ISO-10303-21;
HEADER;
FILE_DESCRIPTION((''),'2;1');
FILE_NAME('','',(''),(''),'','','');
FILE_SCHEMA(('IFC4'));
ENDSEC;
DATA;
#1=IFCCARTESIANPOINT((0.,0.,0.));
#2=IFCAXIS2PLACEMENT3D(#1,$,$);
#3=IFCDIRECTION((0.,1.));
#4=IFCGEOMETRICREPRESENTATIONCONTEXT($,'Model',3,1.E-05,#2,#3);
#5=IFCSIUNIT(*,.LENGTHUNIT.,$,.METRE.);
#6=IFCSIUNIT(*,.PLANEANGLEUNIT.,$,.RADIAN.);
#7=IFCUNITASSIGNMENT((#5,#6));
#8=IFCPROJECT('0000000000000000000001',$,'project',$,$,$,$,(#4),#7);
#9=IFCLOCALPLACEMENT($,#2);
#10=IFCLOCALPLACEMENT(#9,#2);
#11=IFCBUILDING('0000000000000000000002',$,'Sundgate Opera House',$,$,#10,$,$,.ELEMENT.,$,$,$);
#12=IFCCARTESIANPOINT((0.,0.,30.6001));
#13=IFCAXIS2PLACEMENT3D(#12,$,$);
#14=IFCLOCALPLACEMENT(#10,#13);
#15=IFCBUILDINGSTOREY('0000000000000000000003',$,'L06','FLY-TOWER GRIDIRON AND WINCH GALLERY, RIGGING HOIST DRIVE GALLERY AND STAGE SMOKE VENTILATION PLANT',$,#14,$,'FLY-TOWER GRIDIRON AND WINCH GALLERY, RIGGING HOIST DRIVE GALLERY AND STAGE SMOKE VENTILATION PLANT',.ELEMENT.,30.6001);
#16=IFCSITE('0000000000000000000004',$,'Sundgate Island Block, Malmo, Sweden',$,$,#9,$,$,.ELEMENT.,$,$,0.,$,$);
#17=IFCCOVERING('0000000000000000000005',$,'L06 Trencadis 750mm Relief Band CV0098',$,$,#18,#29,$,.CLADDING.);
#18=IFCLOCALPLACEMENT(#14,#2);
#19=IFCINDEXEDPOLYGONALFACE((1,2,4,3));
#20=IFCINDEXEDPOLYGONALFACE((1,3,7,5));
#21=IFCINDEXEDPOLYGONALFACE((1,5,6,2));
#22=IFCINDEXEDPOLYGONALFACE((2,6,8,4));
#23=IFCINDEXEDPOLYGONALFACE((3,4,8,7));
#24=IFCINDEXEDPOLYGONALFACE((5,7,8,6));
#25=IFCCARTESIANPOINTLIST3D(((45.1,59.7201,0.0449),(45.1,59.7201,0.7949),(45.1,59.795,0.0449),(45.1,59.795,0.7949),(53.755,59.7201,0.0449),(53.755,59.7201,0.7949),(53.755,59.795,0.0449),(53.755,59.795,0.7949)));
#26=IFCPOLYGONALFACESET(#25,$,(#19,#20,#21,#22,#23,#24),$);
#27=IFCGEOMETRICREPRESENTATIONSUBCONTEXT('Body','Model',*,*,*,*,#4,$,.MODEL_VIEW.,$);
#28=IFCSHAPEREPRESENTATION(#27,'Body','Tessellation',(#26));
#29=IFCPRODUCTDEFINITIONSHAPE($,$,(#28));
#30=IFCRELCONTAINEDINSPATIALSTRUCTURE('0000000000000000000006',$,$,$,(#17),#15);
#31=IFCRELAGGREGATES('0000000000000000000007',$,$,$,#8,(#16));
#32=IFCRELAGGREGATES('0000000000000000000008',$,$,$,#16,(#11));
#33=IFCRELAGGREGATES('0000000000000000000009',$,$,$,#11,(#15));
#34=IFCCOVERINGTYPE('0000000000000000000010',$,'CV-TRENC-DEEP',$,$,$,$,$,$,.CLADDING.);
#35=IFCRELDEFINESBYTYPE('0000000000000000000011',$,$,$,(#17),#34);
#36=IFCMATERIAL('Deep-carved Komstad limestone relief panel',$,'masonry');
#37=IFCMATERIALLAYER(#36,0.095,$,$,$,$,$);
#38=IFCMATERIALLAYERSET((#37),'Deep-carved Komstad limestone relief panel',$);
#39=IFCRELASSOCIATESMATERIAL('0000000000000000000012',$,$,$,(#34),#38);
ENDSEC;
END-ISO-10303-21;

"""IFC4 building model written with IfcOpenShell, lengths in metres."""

from ifc_helpers import new_model, si_unit, direction, frame, origin, origin_2d, place, context, subcontext, project, spatial, rectangle, extrude, material, layer, layer_set, type_object, element, save


model = new_model("IFC4")

# Units and contexts
model_context = context("Model", 3, precision=1e-05, world=origin(), true_north=direction((0.0, 1.0)))
body_context = subcontext(model_context, "Body", "Model", "MODEL_VIEW")
ifc_project = project(units=[si_unit("LENGTHUNIT", "METRE"), si_unit("PLANEANGLEUNIT", "RADIAN")], contexts=[model_context])

# Site, building, storey
site_placement = place(None, origin())
site = spatial("IfcSite", under=ifc_project, at=site_placement, Name="Sundgate Island Block, Malmo, Sweden", CompositionType="ELEMENT", RefElevation=0.0)
building_placement = place(site_placement, origin())
building = spatial("IfcBuilding", under=site, at=building_placement, Name="Sundgate Opera House", CompositionType="ELEMENT")
storey_placement = place(building_placement, frame((0.0, 0.0, 30.6001)))
storey = spatial("IfcBuildingStorey", under=building, at=storey_placement, Name="L06", Description="FLY-TOWER GRIDIRON AND WINCH GALLERY, RIGGING HOIST DRIVE GALLERY AND STAGE SMOKE VENTILATION PLANT", LongName="FLY-TOWER GRIDIRON AND WINCH GALLERY, RIGGING HOIST DRIVE GALLERY AND STAGE SMOKE VENTILATION PLANT", CompositionType="ELEMENT", Elevation=30.6001)

# Covering
ifc_material_1 = material(Name="Deep-carved Komstad limestone relief panel", Category="masonry")
ifc_layer_1 = layer(ifc_material_1, 0.095)
ifc_layer_set_1 = layer_set([ifc_layer_1], Name="Deep-carved Komstad limestone relief panel")
covering_type = type_object("IfcCoveringType", Name="CV-TRENC-DEEP", PredefinedType="CLADDING", material=ifc_layer_set_1)
covering_placement = place(storey_placement, frame((49.4275, 59.7576, 0.0449), z_axis=(0.0, 0.0, 1.0), x_axis=(1.0, 0.0, 0.0)))
element("IfcCovering", 1, at=covering_placement, inside=storey, type_object=covering_type, Name="L06 Trencadis 750mm Relief Band CV0098", PredefinedType="CLADDING", context=body_context, shape_type="SweptSolid", body=[
    extrude(rectangle(XDim=8.655, YDim=0.075, at=origin_2d()), origin(), (0.0, 0.0, 1.0), 0.75),
])

save(model, "model.ifc")
